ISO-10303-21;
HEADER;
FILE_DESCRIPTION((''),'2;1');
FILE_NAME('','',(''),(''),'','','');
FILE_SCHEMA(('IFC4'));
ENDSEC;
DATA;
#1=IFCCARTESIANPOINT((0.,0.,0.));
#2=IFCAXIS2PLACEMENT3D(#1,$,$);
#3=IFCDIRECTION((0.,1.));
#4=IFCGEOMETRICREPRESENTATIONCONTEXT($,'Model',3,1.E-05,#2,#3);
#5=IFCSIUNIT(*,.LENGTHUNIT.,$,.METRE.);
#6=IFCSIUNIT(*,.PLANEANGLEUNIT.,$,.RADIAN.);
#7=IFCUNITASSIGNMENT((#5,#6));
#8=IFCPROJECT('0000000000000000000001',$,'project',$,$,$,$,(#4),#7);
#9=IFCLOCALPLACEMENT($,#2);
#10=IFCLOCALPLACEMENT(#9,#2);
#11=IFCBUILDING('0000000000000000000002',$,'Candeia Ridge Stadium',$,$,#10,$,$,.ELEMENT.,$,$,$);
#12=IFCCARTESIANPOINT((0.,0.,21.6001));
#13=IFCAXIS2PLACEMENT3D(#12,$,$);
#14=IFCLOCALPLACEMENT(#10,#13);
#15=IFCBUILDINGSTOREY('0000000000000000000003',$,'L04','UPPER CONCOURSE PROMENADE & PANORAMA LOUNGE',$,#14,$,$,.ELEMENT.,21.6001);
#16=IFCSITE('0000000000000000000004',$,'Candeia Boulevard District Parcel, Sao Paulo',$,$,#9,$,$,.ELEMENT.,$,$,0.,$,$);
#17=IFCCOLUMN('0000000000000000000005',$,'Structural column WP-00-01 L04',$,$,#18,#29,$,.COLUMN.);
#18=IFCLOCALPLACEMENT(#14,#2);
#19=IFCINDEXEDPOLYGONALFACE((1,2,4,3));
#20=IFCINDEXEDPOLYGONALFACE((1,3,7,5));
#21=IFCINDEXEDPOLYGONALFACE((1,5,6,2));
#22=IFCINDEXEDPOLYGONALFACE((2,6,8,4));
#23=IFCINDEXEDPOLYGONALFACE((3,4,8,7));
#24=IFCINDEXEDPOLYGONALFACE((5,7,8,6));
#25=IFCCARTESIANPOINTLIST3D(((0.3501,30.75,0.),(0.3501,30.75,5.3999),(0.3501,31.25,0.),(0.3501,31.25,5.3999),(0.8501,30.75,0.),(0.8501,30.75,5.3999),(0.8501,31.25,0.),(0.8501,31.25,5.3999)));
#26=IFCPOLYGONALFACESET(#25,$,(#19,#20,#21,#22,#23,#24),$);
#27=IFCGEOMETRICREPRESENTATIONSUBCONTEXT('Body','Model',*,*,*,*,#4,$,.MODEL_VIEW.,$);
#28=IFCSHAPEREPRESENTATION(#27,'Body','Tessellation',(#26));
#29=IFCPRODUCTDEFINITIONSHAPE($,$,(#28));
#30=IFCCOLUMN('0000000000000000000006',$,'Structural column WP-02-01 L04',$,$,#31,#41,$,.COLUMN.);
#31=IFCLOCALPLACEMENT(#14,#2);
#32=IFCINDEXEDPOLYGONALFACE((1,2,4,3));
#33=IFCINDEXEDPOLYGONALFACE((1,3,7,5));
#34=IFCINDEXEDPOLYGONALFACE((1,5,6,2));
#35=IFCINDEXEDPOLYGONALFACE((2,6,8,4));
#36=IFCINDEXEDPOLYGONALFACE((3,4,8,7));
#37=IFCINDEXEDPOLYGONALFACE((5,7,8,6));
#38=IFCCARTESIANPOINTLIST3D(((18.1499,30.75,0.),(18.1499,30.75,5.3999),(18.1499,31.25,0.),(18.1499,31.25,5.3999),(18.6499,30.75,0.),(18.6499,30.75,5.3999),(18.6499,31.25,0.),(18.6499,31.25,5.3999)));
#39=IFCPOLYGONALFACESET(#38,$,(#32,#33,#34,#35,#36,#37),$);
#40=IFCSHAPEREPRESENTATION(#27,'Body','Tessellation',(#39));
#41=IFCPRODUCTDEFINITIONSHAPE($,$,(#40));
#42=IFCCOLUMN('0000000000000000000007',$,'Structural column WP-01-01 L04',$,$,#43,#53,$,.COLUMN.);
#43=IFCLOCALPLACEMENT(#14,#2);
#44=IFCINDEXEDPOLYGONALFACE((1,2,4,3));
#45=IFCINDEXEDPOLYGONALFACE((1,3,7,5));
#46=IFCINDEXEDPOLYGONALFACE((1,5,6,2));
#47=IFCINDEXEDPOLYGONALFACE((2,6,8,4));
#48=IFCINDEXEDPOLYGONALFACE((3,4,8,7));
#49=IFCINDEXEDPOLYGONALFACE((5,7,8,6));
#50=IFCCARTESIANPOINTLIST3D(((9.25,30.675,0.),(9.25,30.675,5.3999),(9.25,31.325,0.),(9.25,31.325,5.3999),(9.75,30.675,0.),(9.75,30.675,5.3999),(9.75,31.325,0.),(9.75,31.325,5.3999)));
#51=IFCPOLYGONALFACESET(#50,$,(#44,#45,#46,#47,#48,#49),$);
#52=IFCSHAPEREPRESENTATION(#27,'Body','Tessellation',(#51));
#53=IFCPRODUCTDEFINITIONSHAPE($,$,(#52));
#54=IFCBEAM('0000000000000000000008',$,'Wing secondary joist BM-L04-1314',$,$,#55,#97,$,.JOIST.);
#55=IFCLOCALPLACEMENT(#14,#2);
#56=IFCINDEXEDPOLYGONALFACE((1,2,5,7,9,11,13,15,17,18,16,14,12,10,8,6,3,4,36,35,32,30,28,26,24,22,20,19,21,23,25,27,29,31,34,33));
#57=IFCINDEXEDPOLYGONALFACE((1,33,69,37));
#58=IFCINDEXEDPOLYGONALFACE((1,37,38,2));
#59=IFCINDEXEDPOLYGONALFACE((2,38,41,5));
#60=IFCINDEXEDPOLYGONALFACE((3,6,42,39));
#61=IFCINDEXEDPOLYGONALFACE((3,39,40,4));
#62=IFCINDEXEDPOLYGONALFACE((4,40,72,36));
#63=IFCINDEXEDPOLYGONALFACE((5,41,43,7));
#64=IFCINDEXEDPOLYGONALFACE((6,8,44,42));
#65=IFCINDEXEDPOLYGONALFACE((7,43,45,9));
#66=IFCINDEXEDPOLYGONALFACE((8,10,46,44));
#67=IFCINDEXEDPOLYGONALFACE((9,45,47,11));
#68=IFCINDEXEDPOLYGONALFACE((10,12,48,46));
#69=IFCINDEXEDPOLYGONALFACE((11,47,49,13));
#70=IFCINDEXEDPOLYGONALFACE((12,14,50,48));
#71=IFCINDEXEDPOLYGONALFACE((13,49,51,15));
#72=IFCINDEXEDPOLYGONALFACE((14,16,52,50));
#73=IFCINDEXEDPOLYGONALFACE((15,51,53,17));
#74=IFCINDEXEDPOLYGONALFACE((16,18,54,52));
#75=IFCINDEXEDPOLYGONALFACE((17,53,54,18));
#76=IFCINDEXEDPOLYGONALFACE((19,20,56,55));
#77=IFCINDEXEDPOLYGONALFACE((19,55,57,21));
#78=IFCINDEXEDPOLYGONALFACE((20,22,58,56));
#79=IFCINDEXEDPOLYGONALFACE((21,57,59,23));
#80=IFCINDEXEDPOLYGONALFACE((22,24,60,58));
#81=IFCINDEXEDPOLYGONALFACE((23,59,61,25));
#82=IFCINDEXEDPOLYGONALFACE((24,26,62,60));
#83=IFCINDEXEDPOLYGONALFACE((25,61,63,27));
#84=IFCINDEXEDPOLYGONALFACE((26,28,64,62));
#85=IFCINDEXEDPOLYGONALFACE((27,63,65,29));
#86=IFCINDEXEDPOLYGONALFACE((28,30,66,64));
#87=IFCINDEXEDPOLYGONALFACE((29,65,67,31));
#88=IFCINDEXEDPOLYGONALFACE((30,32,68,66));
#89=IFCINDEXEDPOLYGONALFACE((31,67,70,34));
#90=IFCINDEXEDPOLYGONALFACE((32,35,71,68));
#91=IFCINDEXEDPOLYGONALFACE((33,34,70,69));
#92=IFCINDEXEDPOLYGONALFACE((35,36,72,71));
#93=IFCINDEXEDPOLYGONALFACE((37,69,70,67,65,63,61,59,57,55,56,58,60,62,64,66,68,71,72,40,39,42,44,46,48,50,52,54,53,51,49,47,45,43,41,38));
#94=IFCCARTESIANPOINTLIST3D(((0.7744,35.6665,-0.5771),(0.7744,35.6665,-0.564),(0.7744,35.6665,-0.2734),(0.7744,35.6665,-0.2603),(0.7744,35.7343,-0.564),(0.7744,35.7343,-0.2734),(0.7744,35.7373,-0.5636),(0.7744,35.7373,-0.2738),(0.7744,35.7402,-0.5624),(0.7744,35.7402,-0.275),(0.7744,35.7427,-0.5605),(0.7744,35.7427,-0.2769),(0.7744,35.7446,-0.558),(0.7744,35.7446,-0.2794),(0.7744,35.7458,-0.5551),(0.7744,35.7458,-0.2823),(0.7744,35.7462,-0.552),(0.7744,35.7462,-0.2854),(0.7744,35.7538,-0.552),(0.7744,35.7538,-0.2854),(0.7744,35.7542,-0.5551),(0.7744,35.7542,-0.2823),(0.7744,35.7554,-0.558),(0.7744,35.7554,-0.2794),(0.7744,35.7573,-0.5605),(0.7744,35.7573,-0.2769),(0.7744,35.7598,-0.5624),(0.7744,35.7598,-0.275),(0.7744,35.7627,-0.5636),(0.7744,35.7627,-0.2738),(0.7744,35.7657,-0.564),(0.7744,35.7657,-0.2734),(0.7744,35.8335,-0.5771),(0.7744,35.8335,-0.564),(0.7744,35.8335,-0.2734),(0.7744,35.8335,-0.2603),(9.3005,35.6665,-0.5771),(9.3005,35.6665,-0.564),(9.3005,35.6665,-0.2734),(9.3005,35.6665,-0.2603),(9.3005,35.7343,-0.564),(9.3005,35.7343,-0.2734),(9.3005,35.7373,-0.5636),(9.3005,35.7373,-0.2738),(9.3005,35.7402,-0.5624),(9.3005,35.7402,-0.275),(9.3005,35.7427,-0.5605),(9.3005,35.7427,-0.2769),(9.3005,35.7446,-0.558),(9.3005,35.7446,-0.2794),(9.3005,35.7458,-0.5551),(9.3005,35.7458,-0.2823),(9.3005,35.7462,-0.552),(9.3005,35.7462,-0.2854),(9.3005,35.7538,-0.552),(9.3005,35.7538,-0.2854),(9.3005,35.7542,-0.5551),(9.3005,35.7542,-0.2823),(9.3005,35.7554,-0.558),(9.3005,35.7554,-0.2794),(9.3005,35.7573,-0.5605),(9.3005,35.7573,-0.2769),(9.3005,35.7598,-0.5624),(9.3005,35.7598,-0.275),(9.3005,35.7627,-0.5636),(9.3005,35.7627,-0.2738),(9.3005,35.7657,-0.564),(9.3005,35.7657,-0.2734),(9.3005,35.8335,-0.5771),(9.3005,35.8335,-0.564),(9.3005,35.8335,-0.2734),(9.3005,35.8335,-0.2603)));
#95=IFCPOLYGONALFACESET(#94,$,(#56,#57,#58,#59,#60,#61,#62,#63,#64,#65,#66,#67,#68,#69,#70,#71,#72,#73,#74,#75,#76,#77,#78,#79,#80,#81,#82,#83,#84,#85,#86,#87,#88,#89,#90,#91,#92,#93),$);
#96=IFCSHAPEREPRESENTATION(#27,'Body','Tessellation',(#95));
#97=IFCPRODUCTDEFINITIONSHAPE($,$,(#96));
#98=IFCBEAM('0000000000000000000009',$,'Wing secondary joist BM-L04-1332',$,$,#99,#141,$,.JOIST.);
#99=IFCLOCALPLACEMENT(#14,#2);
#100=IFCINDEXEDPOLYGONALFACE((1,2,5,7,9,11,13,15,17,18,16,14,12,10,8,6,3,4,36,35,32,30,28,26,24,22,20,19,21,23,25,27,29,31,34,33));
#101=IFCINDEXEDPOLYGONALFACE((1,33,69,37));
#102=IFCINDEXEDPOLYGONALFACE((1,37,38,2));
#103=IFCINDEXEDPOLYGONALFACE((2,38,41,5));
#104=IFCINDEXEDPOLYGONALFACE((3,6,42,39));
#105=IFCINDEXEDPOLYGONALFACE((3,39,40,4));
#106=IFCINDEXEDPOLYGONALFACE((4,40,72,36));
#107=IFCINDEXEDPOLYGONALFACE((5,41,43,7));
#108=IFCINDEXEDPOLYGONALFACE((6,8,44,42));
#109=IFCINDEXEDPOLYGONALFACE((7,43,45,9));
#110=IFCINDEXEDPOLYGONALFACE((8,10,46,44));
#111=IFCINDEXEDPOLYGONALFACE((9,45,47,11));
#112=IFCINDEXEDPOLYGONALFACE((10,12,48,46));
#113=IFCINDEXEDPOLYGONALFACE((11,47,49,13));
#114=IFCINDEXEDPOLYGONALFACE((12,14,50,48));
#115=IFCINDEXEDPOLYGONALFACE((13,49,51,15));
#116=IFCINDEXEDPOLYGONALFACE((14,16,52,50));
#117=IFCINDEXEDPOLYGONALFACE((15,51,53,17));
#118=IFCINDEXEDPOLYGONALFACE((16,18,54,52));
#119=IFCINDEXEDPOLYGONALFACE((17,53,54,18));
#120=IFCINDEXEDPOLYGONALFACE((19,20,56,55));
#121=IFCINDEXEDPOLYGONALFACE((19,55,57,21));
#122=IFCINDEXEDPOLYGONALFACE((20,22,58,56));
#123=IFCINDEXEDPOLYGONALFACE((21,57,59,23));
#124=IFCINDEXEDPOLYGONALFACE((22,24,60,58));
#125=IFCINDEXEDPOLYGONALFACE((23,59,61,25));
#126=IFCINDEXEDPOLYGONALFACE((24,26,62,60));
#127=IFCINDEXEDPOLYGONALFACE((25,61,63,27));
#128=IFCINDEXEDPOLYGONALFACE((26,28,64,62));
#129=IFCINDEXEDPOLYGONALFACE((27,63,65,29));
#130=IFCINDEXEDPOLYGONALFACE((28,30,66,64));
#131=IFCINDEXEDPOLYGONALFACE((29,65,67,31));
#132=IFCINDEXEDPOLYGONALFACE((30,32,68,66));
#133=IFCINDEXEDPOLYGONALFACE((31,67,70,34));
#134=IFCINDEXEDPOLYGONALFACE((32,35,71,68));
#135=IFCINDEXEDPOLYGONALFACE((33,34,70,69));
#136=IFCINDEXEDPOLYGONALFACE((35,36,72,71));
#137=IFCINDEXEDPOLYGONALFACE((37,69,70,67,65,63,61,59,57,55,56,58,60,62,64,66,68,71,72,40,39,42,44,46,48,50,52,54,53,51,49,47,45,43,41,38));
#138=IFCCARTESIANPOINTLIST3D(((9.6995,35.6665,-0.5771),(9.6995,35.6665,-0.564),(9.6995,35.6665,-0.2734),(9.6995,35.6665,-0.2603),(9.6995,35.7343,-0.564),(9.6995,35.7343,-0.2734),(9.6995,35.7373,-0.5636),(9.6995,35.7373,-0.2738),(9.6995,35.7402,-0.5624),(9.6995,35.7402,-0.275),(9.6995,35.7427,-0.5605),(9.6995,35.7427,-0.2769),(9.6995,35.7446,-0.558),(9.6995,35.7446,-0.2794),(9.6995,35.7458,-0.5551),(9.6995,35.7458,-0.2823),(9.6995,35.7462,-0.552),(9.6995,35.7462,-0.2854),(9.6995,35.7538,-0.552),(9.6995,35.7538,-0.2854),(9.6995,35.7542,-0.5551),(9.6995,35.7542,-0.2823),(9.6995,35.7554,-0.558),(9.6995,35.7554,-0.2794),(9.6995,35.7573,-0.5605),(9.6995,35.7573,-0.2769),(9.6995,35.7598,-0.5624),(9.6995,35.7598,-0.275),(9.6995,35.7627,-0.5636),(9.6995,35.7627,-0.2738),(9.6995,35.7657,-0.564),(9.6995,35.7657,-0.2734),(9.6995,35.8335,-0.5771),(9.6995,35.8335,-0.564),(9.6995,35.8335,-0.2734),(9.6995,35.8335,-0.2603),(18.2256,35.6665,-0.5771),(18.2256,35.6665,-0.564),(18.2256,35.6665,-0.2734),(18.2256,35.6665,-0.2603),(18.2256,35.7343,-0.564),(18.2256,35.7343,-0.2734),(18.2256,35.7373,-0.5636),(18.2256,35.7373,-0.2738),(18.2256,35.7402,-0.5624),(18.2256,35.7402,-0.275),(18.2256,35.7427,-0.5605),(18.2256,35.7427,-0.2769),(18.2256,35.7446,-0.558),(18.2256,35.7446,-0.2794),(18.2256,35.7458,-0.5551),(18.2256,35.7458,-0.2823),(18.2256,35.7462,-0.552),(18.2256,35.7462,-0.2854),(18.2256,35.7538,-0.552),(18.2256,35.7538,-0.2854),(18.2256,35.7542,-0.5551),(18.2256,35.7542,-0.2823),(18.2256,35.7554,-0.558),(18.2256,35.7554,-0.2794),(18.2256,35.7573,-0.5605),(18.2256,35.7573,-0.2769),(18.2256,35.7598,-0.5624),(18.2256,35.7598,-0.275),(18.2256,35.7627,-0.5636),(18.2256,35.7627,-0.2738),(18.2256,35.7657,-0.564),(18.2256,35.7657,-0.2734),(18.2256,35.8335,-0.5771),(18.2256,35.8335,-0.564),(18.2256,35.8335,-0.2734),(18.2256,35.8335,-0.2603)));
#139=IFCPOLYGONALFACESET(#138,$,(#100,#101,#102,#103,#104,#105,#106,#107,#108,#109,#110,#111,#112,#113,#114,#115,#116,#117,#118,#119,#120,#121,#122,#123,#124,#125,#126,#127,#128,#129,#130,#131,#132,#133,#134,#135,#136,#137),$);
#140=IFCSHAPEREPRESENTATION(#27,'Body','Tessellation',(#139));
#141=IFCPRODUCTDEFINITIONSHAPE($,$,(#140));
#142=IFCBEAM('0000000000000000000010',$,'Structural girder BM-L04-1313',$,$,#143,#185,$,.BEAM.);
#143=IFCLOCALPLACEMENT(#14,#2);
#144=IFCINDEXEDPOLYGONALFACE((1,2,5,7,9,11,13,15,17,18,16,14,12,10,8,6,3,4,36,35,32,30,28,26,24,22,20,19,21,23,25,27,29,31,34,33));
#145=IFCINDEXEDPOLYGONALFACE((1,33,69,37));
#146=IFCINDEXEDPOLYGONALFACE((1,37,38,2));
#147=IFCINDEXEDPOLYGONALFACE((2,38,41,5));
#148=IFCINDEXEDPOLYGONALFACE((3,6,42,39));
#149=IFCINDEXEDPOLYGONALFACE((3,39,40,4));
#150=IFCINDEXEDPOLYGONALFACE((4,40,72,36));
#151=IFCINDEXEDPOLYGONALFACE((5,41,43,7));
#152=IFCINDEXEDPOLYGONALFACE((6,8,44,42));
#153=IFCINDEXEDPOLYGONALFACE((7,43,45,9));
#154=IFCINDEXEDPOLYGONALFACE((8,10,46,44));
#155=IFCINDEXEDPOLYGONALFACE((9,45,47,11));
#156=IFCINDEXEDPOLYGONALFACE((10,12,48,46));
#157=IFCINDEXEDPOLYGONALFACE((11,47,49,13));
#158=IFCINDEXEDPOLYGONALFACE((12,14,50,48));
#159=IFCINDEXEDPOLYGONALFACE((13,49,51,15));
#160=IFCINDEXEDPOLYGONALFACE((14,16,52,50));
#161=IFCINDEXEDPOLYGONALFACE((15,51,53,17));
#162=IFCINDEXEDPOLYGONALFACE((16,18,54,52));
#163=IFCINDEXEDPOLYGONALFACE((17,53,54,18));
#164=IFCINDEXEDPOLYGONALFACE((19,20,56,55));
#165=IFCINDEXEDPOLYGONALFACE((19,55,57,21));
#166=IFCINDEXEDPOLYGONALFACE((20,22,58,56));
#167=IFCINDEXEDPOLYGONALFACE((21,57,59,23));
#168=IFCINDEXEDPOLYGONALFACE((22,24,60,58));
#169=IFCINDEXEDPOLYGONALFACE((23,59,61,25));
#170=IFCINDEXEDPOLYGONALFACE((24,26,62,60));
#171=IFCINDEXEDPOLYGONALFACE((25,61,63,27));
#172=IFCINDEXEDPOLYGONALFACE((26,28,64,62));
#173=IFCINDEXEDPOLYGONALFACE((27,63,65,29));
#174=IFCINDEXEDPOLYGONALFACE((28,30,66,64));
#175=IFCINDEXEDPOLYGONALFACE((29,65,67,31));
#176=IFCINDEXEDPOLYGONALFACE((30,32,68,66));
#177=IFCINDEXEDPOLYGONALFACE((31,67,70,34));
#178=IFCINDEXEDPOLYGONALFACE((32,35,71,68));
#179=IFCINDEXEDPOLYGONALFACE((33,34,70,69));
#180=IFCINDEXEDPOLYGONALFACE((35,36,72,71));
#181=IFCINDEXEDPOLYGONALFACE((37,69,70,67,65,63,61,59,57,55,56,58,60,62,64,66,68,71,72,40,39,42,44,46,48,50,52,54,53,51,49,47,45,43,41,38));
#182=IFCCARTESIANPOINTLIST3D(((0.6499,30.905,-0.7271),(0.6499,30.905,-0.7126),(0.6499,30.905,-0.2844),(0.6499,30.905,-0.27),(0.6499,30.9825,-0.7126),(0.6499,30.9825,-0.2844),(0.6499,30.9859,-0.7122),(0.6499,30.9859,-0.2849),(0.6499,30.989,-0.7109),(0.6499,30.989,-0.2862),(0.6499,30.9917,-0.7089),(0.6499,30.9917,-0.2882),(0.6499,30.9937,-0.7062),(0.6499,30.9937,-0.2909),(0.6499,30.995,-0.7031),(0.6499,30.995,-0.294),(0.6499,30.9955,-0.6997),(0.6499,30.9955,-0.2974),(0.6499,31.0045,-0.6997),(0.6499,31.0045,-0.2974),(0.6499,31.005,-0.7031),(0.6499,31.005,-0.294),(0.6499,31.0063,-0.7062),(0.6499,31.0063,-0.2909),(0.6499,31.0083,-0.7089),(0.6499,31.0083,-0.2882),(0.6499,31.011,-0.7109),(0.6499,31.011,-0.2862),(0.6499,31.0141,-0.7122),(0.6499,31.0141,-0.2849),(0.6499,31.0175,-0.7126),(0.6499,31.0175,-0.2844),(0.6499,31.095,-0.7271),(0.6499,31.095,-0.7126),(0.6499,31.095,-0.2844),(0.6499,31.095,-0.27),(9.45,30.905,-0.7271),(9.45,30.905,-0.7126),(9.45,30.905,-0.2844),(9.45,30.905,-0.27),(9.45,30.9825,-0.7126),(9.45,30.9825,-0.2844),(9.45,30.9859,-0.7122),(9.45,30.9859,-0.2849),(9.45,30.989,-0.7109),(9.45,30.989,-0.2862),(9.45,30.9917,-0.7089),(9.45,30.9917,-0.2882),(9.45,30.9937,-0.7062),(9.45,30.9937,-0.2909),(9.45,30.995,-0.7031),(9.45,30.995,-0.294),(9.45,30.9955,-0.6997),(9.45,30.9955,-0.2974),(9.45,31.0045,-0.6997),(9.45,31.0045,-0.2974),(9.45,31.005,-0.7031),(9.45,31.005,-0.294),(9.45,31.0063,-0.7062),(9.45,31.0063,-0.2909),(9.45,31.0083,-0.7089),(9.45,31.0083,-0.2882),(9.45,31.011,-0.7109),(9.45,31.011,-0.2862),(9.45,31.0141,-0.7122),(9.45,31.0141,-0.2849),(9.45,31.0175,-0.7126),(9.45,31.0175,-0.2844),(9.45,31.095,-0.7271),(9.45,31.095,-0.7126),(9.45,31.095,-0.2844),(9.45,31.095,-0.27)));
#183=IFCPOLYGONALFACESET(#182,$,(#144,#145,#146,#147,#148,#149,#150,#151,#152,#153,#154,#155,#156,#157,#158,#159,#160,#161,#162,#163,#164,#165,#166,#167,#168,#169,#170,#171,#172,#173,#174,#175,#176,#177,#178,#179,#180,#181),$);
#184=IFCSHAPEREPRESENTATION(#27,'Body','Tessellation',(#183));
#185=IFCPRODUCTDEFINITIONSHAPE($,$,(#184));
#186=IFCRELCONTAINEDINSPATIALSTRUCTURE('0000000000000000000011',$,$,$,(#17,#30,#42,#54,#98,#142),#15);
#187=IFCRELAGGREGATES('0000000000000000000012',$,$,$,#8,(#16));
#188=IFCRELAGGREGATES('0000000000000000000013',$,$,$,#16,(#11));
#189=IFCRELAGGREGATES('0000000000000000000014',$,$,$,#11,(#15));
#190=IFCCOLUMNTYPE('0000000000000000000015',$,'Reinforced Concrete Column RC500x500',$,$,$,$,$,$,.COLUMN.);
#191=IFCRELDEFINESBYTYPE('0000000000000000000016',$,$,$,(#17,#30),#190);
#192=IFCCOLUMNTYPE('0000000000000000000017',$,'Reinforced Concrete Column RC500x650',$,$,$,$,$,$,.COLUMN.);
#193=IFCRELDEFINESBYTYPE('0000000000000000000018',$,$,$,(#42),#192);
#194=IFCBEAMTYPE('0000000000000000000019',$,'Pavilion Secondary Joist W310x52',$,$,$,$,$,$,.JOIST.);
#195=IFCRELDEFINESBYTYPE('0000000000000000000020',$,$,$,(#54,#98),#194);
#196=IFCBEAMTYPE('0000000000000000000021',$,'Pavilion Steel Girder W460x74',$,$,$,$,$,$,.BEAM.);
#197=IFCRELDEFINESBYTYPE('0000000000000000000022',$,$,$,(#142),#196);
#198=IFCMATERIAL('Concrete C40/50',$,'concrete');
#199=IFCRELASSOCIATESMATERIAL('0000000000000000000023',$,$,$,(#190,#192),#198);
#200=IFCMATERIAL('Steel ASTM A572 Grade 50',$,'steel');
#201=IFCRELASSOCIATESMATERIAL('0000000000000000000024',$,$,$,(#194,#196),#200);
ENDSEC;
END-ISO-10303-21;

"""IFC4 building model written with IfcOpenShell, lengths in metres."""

from ifc_helpers import new_model, si_unit, direction, frame, origin, origin_2d, place, context, subcontext, project, spatial, rectangle, i_section, extrude, material, material_profile, profile_set, type_object, element, save


model = new_model("IFC4")

# Units and contexts
model_context = context("Model", 3, precision=1e-05, world=origin(), true_north=direction((0.0, 1.0)))
body_context = subcontext(model_context, "Body", "Model", "MODEL_VIEW")
ifc_project = project(units=[si_unit("LENGTHUNIT", "METRE"), si_unit("PLANEANGLEUNIT", "RADIAN")], contexts=[model_context])

# Site, building, storey
site_placement = place(None, origin())
site = spatial("IfcSite", under=ifc_project, at=site_placement, Name="Candeia Boulevard District Parcel, Sao Paulo", CompositionType="ELEMENT", RefElevation=0.0)
building_placement = place(site_placement, origin())
building = spatial("IfcBuilding", under=site, at=building_placement, Name="Candeia Ridge Stadium", CompositionType="ELEMENT")
storey_placement = place(building_placement, frame((0.0, 0.0, 21.6001)))
storey = spatial("IfcBuildingStorey", under=building, at=storey_placement, Name="L04", Description="UPPER CONCOURSE PROMENADE & PANORAMA LOUNGE", CompositionType="ELEMENT", Elevation=21.6001)

# Columns
ifc_material_1 = material(Name="Concrete C40/50", Category="concrete")
ifc_material_profile_1 = material_profile(ifc_material_1, rectangle(XDim=0.5, YDim=0.5, at=origin_2d()), Name="RC500x500", Category="concrete")
ifc_profile_set_1 = profile_set([ifc_material_profile_1], Name="Concrete C40/50")
column_type_1 = type_object("IfcColumnType", Name="Reinforced Concrete Column RC500x500", PredefinedType="COLUMN", material=ifc_profile_set_1)
for number, where, z_axis, x_axis, name in (
    (1, (0.6001, 31.0, 0.0), (0.0, 0.0, 1.0), (1.0, 0.0, 0.0), "Structural column WP-00-01 L04"),
    (2, (18.3999, 31.0, 0.0), (0.0, 0.0, 1.0), (1.0, 0.0, 0.0), "Structural column WP-02-01 L04"),
):
    element("IfcColumn", number, at=place(storey_placement, frame(where, z_axis=z_axis, x_axis=x_axis)), inside=storey, type_object=column_type_1, Name=name, PredefinedType="COLUMN", context=body_context, shape_type="SweptSolid", body=[
        extrude(rectangle(XDim=0.5, YDim=0.5, at=origin_2d()), origin(), (0.0, 0.0, 1.0), 5.3999),
    ])
ifc_material_profile_2 = material_profile(ifc_material_1, rectangle(XDim=0.5, YDim=0.6499, at=origin_2d()), Name="RC500x650", Category="concrete")
ifc_profile_set_2 = profile_set([ifc_material_profile_2], Name="Concrete C40/50")
column_type_2 = type_object("IfcColumnType", Name="Reinforced Concrete Column RC500x650", PredefinedType="COLUMN", material=ifc_profile_set_2)
column_placement = place(storey_placement, frame((9.5, 31.0, 0.0), z_axis=(0.0, 0.0, 1.0), x_axis=(1.0, 0.0, 0.0)))
element("IfcColumn", 3, at=column_placement, inside=storey, type_object=column_type_2, Name="Structural column WP-01-01 L04", PredefinedType="COLUMN", context=body_context, shape_type="SweptSolid", body=[
    extrude(rectangle(XDim=0.5, YDim=0.6499, at=origin_2d()), origin(), (0.0, 0.0, 1.0), 5.3999),
])

# Beams
ifc_material_2 = material(Name="Steel ASTM A572 Grade 50", Category="steel")
ifc_material_profile_3 = material_profile(ifc_material_2, i_section(OverallWidth=0.167, OverallDepth=0.3169, WebThickness=0.0076, FlangeThickness=0.0132, FilletRadius=0.012, at=origin_2d()), Name="W310x52", Category="steel")
ifc_profile_set_3 = profile_set([ifc_material_profile_3], Name="Steel ASTM A572 Grade 50")
beam_type_1 = type_object("IfcBeamType", Name="Pavilion Secondary Joist W310x52", PredefinedType="JOIST", material=ifc_profile_set_3)
for number, where, z_axis, x_axis, name in (
    (4, (0.7744, 35.75, -0.4187), (1.0, 0.0, 0.0), (0.0, 1.0, 0.0), "Wing secondary joist BM-L04-1314"),
    (5, (9.6995, 35.75, -0.4187), (1.0, 0.0, 0.0), (0.0, 1.0, 0.0), "Wing secondary joist BM-L04-1332"),
):
    element("IfcBeam", number, at=place(storey_placement, frame(where, z_axis=z_axis, x_axis=x_axis)), inside=storey, type_object=beam_type_1, Name=name, PredefinedType="JOIST", context=body_context, shape_type="SweptSolid", body=[
        extrude(i_section(OverallWidth=0.167, OverallDepth=0.3169, WebThickness=0.0076, FlangeThickness=0.0132, FilletRadius=0.012, at=origin_2d()), origin(), (0.0, 0.0, 1.0), 8.5261),
    ])
ifc_material_profile_4 = material_profile(ifc_material_2, i_section(OverallWidth=0.1899, OverallDepth=0.457, WebThickness=0.009, FlangeThickness=0.0144, FilletRadius=0.0129, at=origin_2d()), Name="W460x74", Category="steel")
ifc_profile_set_4 = profile_set([ifc_material_profile_4], Name="Steel ASTM A572 Grade 50")
beam_type_2 = type_object("IfcBeamType", Name="Pavilion Steel Girder W460x74", PredefinedType="BEAM", material=ifc_profile_set_4)
for number, where, z_axis, x_axis, name in (
    (6, (0.6499, 31.0, -0.4985), (1.0, 0.0, 0.0), (0.0, 1.0, 0.0), "Structural girder BM-L04-1313"),
):
    element("IfcBeam", number, at=place(storey_placement, frame(where, z_axis=z_axis, x_axis=x_axis)), inside=storey, type_object=beam_type_2, Name=name, PredefinedType="BEAM", context=body_context, shape_type="SweptSolid", body=[
        extrude(i_section(OverallWidth=0.1899, OverallDepth=0.457, WebThickness=0.009, FlangeThickness=0.0144, FilletRadius=0.0129, at=origin_2d()), origin(), (0.0, 0.0, 1.0), 8.8),
    ])

save(model, "model.ifc")
